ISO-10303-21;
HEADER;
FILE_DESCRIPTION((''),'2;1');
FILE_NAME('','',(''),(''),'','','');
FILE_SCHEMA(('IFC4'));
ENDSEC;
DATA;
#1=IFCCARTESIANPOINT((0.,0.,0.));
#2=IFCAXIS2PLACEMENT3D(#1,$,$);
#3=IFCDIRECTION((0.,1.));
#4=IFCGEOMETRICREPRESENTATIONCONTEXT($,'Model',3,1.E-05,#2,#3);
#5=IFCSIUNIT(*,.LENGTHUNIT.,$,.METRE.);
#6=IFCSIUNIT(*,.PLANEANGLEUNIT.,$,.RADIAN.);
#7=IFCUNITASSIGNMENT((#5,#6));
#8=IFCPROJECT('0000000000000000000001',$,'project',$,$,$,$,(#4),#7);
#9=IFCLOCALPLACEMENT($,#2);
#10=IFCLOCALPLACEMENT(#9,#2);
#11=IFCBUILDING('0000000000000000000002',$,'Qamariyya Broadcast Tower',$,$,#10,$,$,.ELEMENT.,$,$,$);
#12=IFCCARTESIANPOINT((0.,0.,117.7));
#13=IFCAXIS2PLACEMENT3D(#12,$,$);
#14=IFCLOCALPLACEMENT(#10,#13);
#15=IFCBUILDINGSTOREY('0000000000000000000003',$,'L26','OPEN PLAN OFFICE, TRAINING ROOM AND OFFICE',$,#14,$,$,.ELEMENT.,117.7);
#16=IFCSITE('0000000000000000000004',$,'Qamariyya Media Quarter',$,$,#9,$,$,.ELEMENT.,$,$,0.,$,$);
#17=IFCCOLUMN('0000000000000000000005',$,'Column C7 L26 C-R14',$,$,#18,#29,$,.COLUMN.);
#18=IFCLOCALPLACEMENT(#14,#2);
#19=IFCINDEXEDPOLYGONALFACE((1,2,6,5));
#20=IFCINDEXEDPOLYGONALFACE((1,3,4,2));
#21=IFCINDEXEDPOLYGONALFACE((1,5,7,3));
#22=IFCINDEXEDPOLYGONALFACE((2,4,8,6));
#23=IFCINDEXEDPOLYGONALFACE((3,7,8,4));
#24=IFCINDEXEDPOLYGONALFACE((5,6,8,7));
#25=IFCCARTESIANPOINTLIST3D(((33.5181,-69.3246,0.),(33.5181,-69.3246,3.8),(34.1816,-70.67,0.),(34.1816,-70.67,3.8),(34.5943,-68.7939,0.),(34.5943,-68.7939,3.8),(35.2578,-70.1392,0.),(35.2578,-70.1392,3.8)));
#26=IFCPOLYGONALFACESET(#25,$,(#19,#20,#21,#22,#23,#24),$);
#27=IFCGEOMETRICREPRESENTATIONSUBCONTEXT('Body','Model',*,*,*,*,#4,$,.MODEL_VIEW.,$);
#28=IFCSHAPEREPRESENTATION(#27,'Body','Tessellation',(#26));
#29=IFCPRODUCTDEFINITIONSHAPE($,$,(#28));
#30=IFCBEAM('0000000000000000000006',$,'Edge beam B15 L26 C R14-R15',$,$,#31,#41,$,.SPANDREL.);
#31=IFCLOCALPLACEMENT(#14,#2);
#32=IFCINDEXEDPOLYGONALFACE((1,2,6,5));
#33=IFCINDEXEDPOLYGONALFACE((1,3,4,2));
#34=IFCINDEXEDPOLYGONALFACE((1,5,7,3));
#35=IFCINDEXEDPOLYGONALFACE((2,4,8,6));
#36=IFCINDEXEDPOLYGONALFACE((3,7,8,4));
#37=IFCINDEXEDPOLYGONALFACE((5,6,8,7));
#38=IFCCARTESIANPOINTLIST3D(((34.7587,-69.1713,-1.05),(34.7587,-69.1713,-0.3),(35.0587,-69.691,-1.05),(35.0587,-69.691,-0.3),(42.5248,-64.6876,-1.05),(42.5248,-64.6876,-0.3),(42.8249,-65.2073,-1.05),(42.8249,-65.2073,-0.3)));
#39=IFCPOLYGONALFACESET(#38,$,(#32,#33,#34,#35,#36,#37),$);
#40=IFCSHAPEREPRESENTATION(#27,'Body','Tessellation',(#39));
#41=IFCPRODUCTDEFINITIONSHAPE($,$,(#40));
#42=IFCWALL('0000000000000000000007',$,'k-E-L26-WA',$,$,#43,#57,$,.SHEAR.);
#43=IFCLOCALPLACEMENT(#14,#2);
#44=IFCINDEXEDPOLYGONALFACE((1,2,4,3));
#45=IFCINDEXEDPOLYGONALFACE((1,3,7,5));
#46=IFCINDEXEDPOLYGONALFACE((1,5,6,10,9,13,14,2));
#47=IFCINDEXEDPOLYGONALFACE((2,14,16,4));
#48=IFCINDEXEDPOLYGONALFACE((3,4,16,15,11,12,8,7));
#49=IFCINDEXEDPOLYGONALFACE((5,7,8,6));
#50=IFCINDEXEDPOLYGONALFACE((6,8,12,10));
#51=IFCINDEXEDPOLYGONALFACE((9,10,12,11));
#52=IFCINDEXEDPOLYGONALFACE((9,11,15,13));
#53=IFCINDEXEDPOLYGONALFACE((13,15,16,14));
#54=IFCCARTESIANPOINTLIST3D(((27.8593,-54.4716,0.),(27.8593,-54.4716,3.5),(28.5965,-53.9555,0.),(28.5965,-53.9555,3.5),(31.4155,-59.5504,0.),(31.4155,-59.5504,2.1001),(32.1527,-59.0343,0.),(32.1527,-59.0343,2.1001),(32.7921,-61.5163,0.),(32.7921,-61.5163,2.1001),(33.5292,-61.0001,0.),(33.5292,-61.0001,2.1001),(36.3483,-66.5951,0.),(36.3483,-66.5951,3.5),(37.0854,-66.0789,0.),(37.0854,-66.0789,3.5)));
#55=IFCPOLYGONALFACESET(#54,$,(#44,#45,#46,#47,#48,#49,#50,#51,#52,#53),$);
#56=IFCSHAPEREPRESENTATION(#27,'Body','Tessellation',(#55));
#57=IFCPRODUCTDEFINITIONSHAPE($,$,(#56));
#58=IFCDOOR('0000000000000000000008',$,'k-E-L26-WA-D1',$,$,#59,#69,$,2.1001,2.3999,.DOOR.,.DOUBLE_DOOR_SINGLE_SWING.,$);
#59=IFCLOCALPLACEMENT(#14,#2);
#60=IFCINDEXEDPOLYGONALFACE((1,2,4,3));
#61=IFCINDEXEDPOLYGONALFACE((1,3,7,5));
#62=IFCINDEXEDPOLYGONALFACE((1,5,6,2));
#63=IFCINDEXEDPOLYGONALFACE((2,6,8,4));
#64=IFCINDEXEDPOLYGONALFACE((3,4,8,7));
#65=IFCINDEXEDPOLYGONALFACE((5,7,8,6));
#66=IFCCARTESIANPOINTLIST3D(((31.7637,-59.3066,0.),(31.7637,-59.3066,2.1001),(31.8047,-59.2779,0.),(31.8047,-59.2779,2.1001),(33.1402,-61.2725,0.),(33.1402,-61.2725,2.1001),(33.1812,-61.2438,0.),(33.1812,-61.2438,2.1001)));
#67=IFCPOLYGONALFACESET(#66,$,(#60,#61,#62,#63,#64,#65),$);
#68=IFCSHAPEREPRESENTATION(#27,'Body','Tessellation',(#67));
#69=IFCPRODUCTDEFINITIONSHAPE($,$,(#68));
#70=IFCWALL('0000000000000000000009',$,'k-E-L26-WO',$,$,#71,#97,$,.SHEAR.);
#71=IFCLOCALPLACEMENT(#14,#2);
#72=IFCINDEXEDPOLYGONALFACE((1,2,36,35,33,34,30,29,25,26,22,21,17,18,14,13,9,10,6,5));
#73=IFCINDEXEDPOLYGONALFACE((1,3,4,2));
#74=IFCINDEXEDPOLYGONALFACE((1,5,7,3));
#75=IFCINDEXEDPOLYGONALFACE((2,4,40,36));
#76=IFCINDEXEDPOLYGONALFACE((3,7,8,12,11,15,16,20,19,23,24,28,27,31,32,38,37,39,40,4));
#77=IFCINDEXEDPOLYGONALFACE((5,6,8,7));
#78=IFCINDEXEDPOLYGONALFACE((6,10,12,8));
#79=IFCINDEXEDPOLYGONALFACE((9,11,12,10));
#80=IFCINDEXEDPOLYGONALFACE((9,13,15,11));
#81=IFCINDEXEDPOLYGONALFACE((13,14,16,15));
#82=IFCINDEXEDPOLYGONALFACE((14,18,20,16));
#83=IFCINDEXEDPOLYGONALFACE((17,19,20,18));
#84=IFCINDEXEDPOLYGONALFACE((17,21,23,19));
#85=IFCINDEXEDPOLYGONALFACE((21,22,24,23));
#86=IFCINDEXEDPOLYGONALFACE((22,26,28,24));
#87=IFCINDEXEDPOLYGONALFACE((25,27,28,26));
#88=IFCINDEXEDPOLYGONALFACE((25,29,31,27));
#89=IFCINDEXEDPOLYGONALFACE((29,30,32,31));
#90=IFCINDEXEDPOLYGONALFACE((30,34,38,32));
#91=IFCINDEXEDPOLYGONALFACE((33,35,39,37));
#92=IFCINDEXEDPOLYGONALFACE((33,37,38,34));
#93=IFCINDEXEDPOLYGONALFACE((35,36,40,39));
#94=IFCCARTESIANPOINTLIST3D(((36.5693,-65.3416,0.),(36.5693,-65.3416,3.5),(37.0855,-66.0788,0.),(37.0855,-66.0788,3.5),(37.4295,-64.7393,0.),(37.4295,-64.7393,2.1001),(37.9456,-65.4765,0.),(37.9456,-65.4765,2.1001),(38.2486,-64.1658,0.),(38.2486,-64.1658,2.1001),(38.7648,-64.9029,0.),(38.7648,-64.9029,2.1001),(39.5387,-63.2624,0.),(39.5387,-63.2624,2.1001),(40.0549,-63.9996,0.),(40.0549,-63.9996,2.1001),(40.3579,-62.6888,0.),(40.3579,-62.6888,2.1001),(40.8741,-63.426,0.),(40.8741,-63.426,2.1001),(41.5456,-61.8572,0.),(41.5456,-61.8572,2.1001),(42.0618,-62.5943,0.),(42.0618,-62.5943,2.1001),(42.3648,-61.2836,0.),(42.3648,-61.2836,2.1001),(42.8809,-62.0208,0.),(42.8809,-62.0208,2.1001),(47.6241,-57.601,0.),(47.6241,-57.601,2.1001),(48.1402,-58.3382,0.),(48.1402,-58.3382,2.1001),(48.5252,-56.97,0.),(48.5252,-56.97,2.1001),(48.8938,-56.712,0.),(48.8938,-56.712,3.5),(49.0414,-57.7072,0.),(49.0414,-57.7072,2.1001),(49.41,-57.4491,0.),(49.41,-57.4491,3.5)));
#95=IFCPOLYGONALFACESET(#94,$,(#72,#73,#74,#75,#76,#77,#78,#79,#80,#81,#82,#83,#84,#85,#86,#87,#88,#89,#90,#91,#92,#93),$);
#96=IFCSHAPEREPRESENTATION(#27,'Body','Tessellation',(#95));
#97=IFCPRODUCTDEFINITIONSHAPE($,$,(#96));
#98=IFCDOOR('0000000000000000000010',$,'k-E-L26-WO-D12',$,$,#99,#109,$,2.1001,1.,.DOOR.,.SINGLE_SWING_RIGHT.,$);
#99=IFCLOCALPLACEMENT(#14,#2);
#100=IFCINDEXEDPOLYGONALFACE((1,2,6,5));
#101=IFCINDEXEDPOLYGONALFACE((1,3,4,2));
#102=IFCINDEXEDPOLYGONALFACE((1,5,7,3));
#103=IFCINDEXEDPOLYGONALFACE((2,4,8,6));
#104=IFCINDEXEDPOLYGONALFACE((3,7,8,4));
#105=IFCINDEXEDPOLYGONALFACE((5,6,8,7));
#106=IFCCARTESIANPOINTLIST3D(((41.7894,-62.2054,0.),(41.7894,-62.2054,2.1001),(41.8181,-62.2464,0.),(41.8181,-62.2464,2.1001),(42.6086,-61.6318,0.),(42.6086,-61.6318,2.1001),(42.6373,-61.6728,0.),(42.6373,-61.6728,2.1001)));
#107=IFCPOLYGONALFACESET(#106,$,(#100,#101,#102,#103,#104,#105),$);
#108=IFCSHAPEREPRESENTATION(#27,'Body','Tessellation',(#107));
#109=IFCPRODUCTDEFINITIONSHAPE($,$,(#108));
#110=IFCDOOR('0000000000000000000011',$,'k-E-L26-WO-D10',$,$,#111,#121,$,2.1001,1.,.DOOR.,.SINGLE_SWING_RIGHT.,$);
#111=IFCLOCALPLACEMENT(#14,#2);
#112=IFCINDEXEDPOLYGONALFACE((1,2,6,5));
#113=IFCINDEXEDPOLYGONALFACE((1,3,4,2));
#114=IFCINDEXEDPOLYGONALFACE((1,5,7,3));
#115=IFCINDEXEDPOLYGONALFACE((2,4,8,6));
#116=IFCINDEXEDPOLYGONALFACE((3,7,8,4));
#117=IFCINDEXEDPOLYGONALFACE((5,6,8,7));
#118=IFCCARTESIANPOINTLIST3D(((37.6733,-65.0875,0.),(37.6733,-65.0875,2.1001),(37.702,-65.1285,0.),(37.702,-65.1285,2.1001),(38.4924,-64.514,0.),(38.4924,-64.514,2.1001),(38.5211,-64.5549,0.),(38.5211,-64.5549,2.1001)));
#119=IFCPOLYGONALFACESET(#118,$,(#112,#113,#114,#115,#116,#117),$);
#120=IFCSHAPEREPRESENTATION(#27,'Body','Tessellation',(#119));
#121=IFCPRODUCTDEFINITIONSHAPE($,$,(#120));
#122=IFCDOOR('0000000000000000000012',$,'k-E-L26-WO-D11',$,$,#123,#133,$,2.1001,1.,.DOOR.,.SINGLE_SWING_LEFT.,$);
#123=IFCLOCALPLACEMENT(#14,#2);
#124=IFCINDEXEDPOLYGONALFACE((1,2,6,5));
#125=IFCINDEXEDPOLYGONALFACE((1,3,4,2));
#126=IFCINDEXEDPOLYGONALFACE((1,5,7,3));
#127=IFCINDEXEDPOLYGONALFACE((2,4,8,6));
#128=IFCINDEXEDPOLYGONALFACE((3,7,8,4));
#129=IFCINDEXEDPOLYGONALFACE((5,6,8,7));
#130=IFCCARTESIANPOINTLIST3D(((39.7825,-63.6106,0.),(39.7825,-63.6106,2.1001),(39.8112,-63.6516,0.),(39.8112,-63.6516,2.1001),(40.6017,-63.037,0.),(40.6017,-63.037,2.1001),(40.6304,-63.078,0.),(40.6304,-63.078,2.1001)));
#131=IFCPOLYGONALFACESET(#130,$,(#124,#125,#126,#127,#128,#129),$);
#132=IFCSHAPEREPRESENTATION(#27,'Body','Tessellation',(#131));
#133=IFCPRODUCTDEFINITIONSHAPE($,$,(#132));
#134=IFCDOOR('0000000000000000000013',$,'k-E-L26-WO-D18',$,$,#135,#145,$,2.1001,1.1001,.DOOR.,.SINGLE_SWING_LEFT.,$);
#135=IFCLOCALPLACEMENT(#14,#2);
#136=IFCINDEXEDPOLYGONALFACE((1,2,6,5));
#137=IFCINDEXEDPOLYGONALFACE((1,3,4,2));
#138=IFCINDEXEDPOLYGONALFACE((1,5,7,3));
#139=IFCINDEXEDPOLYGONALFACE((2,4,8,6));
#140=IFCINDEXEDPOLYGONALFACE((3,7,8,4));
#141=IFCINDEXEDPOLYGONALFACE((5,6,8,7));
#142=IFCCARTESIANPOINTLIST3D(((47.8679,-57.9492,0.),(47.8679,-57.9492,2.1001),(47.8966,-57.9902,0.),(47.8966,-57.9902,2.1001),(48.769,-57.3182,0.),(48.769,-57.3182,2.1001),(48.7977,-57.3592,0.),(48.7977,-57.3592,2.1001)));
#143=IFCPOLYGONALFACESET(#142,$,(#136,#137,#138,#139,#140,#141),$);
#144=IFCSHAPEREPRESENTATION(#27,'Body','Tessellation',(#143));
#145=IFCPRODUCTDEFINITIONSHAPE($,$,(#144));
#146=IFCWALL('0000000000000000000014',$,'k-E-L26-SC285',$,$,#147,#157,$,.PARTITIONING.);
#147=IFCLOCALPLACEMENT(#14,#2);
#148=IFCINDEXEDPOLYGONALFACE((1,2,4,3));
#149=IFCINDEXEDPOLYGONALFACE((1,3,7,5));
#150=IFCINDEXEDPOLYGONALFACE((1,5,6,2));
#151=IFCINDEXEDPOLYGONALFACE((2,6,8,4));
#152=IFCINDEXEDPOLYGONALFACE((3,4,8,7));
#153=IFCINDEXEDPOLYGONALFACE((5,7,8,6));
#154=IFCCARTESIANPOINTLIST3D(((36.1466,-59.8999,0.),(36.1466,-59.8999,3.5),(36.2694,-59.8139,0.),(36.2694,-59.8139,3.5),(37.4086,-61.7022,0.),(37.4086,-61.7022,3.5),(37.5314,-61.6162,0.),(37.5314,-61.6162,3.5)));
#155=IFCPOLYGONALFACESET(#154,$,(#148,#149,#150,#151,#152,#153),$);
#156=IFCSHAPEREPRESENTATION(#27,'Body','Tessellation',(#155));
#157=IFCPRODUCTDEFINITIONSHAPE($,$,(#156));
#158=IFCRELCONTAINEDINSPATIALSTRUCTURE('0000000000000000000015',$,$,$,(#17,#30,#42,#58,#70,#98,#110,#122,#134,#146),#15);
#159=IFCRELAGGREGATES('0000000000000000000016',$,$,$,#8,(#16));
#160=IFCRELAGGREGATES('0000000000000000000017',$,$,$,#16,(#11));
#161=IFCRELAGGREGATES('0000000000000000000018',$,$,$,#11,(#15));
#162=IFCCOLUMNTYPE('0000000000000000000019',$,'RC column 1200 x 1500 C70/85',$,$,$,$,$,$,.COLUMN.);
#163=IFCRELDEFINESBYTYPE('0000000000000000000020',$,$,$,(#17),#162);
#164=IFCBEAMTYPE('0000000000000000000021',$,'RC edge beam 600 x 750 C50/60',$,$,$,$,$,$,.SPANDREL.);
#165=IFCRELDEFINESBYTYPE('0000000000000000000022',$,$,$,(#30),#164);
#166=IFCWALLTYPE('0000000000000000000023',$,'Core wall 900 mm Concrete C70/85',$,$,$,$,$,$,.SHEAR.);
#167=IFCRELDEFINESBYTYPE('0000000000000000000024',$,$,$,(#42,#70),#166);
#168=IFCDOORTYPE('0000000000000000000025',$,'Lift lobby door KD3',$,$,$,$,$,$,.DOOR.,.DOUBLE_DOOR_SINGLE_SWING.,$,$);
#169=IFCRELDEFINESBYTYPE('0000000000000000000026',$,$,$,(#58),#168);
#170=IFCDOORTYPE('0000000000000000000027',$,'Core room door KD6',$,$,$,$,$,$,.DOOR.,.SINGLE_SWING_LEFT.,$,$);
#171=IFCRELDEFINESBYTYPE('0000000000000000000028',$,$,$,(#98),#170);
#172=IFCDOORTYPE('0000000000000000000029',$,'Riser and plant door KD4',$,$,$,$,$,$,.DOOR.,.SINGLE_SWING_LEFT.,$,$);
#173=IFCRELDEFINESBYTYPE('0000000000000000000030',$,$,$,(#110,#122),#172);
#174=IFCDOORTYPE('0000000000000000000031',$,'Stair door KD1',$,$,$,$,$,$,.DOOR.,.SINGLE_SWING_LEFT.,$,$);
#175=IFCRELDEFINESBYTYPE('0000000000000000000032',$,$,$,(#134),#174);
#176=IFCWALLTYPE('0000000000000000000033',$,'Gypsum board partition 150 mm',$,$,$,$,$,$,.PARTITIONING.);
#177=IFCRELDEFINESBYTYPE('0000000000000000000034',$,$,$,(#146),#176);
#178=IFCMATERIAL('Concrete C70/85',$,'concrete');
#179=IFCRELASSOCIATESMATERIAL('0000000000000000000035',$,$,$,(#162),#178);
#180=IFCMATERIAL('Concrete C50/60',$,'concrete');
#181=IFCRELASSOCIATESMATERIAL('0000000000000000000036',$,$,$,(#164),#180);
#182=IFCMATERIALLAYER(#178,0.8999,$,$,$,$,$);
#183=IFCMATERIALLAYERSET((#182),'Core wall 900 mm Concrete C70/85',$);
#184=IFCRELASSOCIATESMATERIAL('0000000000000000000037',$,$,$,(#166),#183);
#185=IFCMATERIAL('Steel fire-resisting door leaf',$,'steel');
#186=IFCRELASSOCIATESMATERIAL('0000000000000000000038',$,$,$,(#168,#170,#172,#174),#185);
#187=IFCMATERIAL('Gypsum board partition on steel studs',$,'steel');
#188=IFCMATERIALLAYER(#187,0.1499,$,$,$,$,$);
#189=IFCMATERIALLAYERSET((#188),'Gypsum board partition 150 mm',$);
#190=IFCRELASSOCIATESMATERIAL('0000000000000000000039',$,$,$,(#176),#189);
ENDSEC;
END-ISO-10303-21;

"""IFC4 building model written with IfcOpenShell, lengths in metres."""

from ifc_helpers import new_model, si_unit, direction, frame, frame_2d, origin, origin_2d, place, context, subcontext, project, spatial, rectangle, extrude, material, layer, layer_set, material_profile, profile_set, type_object, element, fill, save


model = new_model("IFC4")

# Units and contexts
model_context = context("Model", 3, precision=1e-05, world=origin(), true_north=direction((0.0, 1.0)))
body_context = subcontext(model_context, "Body", "Model", "MODEL_VIEW")
ifc_project = project(units=[si_unit("LENGTHUNIT", "METRE"), si_unit("PLANEANGLEUNIT", "RADIAN")], contexts=[model_context])

# Site, building, storey
site_placement = place(None, origin())
site = spatial("IfcSite", under=ifc_project, at=site_placement, Name="Qamariyya Media Quarter", CompositionType="ELEMENT", RefElevation=0.0)
building_placement = place(site_placement, origin())
building = spatial("IfcBuilding", under=site, at=building_placement, Name="Qamariyya Broadcast Tower", CompositionType="ELEMENT")
storey_placement = place(building_placement, frame((0.0, 0.0, 117.7)))
storey = spatial("IfcBuildingStorey", under=building, at=storey_placement, Name="L26", Description="OPEN PLAN OFFICE, TRAINING ROOM AND OFFICE", CompositionType="ELEMENT", Elevation=117.7)

# Column
ifc_material_1 = material(Name="Concrete C70/85", Category="concrete")
ifc_material_profile_1 = material_profile(ifc_material_1, rectangle(XDim=1.2, YDim=1.5, at=origin_2d()))
ifc_profile_set_1 = profile_set([ifc_material_profile_1], Name="Concrete C70/85")
column_type = type_object("IfcColumnType", Name="RC column 1200 x 1500 C70/85", PredefinedType="COLUMN", material=ifc_profile_set_1)
column_placement = place(storey_placement, frame((34.3879, -69.7319, 0.0), z_axis=(0.0, 0.0, 1.0), x_axis=(0.896873, 0.442289, 0.0)))
element("IfcColumn", 1, at=column_placement, inside=storey, type_object=column_type, Name="Column C7 L26 C-R14", PredefinedType="COLUMN", context=body_context, shape_type="SweptSolid", body=[
    extrude(rectangle(XDim=1.2, YDim=1.5, at=origin_2d()), origin(), (0.0, 0.0, 1.0), 3.8),
])

# Beam
ifc_material_2 = material(Name="Concrete C50/60", Category="concrete")
ifc_material_profile_2 = material_profile(ifc_material_2, rectangle(XDim=0.6001, YDim=0.75, at=origin_2d()))
ifc_profile_set_2 = profile_set([ifc_material_profile_2], Name="Concrete C50/60")
beam_type = type_object("IfcBeamType", Name="RC edge beam 600 x 750 C50/60", PredefinedType="SPANDREL", material=ifc_profile_set_2)
beam_placement = place(storey_placement, frame((34.9087, -69.4312, -0.675), z_axis=(0.866031, 0.49999, 0.0), x_axis=(-0.49999, 0.866031, 0.0)))
element("IfcBeam", 2, at=beam_placement, inside=storey, type_object=beam_type, Name="Edge beam B15 L26 C R14-R15", PredefinedType="SPANDREL", context=body_context, shape_type="SweptSolid", body=[
    extrude(rectangle(XDim=0.6001, YDim=0.75, at=origin_2d()), origin(), (0.0, 0.0, 1.0), 8.9675),
])

# Wall, opening, door
ifc_layer_1 = layer(ifc_material_1, 0.8999)
ifc_layer_set_1 = layer_set([ifc_layer_1], Name="Core wall 900 mm Concrete C70/85")
wall_type_1 = type_object("IfcWallType", Name="Core wall 900 mm Concrete C70/85", PredefinedType="SHEAR", material=ifc_layer_set_1)
wall_1_placement = place(storey_placement, frame((36.7168, -66.3369, 0.0), z_axis=(0.0, 0.0, 1.0), x_axis=(-0.573577, 0.819151, 0.0)))
wall_1 = element("IfcWall", 3, at=wall_1_placement, inside=storey, type_object=wall_type_1, Name="k-E-L26-WA", PredefinedType="SHEAR", context=body_context, shape_type="SweptSolid", body=[
    extrude(rectangle(XDim=14.8, YDim=0.8999, at=frame_2d((7.3999, 0.0))), origin(), (0.0, 0.0, 1.0), 3.5),
])
opening_1_placement = place(wall_1_placement, frame((6.2, 0.0, 0.0)))
opening_1 = element("IfcOpeningElement", 4, at=opening_1_placement, cuts=wall_1, PredefinedType="OPENING", context=body_context, shape_type="SweptSolid", body=[
    extrude(rectangle(XDim=2.3999, YDim=2.1001, at=frame_2d((1.2, 1.05))), frame((0.0, 0.46, 0.0), z_axis=(0.0, -1.0, 0.0), x_axis=(1.0, 0.0, 0.0)), (0.0, 0.0, 1.0), 0.9199),
])
ifc_material_3 = material(Name="Steel fire-resisting door leaf", Category="steel")
door_type_1 = type_object("IfcDoorType", Name="Lift lobby door KD3", OperationType="DOUBLE_DOOR_SINGLE_SWING", PredefinedType="DOOR", material=ifc_material_3)
door_1_placement = place(opening_1_placement, origin())
door_1 = element("IfcDoor", 5, at=door_1_placement, inside=storey, type_object=door_type_1, Name="k-E-L26-WA-D1", OperationType="DOUBLE_DOOR_SINGLE_SWING", OverallHeight=2.1001, OverallWidth=2.3999, PredefinedType="DOOR", context=body_context, shape_type="SweptSolid", body=[
    extrude(rectangle(XDim=2.3999, YDim=2.1001, at=frame_2d((1.2, 1.05))), frame((0.0, 0.0249, 0.0), z_axis=(0.0, -1.0, 0.0), x_axis=(1.0, 0.0, 0.0)), (0.0, 0.0, 1.0), 0.05),
])
fill(opening_1, door_1)

# Wall, openings, doors
wall_2_placement = place(storey_placement, frame((36.8274, -65.7102, 0.0), z_axis=(0.0, 0.0, 1.0), x_axis=(0.819153, 0.573575, 0.0)))
wall_2 = element("IfcWall", 6, at=wall_2_placement, inside=storey, type_object=wall_type_1, Name="k-E-L26-WO", PredefinedType="SHEAR", context=body_context, shape_type="SweptSolid", body=[
    extrude(rectangle(XDim=15.0454, YDim=0.8999, at=frame_2d((7.5227, 0.0))), origin(), (0.0, 0.0, 1.0), 3.5),
])
opening_2_placement = place(wall_2_placement, frame((1.05, 0.0, 0.0)))
opening_2 = element("IfcOpeningElement", 7, at=opening_2_placement, cuts=wall_2, PredefinedType="OPENING", context=body_context, shape_type="SweptSolid", body=[
    extrude(rectangle(XDim=1.0, YDim=2.1001, at=frame_2d((0.5, 1.05))), frame((0.0, 0.46, 0.0), z_axis=(0.0, -1.0, 0.0), x_axis=(1.0, 0.0, 0.0)), (0.0, 0.0, 1.0), 0.9199),
])
opening_3_placement = place(wall_2_placement, frame((3.625, 0.0, 0.0)))
opening_3 = element("IfcOpeningElement", 8, at=opening_3_placement, cuts=wall_2, PredefinedType="OPENING", context=body_context, shape_type="SweptSolid", body=[
    extrude(rectangle(XDim=1.0, YDim=2.1001, at=frame_2d((0.5, 1.05))), frame((0.0, 0.46, 0.0), z_axis=(0.0, -1.0, 0.0), x_axis=(1.0, 0.0, 0.0)), (0.0, 0.0, 1.0), 0.9199),
])
opening_4_placement = place(wall_2_placement, frame((6.075, 0.0, 0.0)))
opening_4 = element("IfcOpeningElement", 9, at=opening_4_placement, cuts=wall_2, PredefinedType="OPENING", context=body_context, shape_type="SweptSolid", body=[
    extrude(rectangle(XDim=1.0, YDim=2.1001, at=frame_2d((0.5, 1.05))), frame((0.0, 0.46, 0.0), z_axis=(0.0, -1.0, 0.0), x_axis=(1.0, 0.0, 0.0)), (0.0, 0.0, 1.0), 0.9199),
])
opening_5_placement = place(wall_2_placement, frame((13.4954, 0.0, 0.0)))
opening_5 = element("IfcOpeningElement", 10, at=opening_5_placement, cuts=wall_2, PredefinedType="OPENING", context=body_context, shape_type="SweptSolid", body=[
    extrude(rectangle(XDim=1.1001, YDim=2.1001, at=frame_2d((0.55, 1.05))), frame((0.0, 0.46, 0.0), z_axis=(0.0, -1.0, 0.0), x_axis=(1.0, 0.0, 0.0)), (0.0, 0.0, 1.0), 0.9199),
])
door_type_2 = type_object("IfcDoorType", Name="Core room door KD6", OperationType="SINGLE_SWING_LEFT", PredefinedType="DOOR", material=ifc_material_3)
door_2_placement = place(opening_4_placement, origin())
door_2 = element("IfcDoor", 11, at=door_2_placement, inside=storey, type_object=door_type_2, Name="k-E-L26-WO-D12", OperationType="SINGLE_SWING_RIGHT", OverallHeight=2.1001, OverallWidth=1.0, PredefinedType="DOOR", context=body_context, shape_type="SweptSolid", body=[
    extrude(rectangle(XDim=1.0, YDim=2.1001, at=frame_2d((0.5, 1.05))), frame((0.0, 0.0249, 0.0), z_axis=(0.0, -1.0, 0.0), x_axis=(1.0, 0.0, 0.0)), (0.0, 0.0, 1.0), 0.05),
])
fill(opening_4, door_2)
door_type_3 = type_object("IfcDoorType", Name="Riser and plant door KD4", OperationType="SINGLE_SWING_LEFT", PredefinedType="DOOR", material=ifc_material_3)
door_3_placement = place(opening_2_placement, origin())
door_3 = element("IfcDoor", 12, at=door_3_placement, inside=storey, type_object=door_type_3, Name="k-E-L26-WO-D10", OperationType="SINGLE_SWING_RIGHT", OverallHeight=2.1001, OverallWidth=1.0, PredefinedType="DOOR", context=body_context, shape_type="SweptSolid", body=[
    extrude(rectangle(XDim=1.0, YDim=2.1001, at=frame_2d((0.5, 1.05))), frame((0.0, 0.0249, 0.0), z_axis=(0.0, -1.0, 0.0), x_axis=(1.0, 0.0, 0.0)), (0.0, 0.0, 1.0), 0.05),
])
fill(opening_2, door_3)
door_4_placement = place(opening_3_placement, origin())
door_4 = element("IfcDoor", 13, at=door_4_placement, inside=storey, type_object=door_type_3, Name="k-E-L26-WO-D11", OperationType="SINGLE_SWING_LEFT", OverallHeight=2.1001, OverallWidth=1.0, PredefinedType="DOOR", context=body_context, shape_type="SweptSolid", body=[
    extrude(rectangle(XDim=1.0, YDim=2.1001, at=frame_2d((0.5, 1.05))), frame((0.0, 0.0249, 0.0), z_axis=(0.0, -1.0, 0.0), x_axis=(1.0, 0.0, 0.0)), (0.0, 0.0, 1.0), 0.05),
])
fill(opening_3, door_4)
door_type_4 = type_object("IfcDoorType", Name="Stair door KD1", OperationType="SINGLE_SWING_LEFT", PredefinedType="DOOR", material=ifc_material_3)
door_5_placement = place(opening_5_placement, origin())
door_5 = element("IfcDoor", 14, at=door_5_placement, inside=storey, type_object=door_type_4, Name="k-E-L26-WO-D18", OperationType="SINGLE_SWING_LEFT", OverallHeight=2.1001, OverallWidth=1.1001, PredefinedType="DOOR", context=body_context, shape_type="SweptSolid", body=[
    extrude(rectangle(XDim=1.1001, YDim=2.1001, at=frame_2d((0.55, 1.05))), frame((0.0, 0.0249, 0.0), z_axis=(0.0, -1.0, 0.0), x_axis=(1.0, 0.0, 0.0)), (0.0, 0.0, 1.0), 0.05),
])
fill(opening_5, door_5)

# Wall
ifc_material_4 = material(Name="Gypsum board partition on steel studs", Category="steel")
ifc_layer_2 = layer(ifc_material_4, 0.1499)
ifc_layer_set_2 = layer_set([ifc_layer_2], Name="Gypsum board partition 150 mm")
wall_type_2 = type_object("IfcWallType", Name="Gypsum board partition 150 mm", PredefinedType="PARTITIONING", material=ifc_layer_set_2)
wall_3_placement = place(storey_placement, frame((36.208, -59.8569, 0.0), z_axis=(0.0, 0.0, 1.0), x_axis=(0.573581, -0.819149, 0.0)))
element("IfcWall", 15, at=wall_3_placement, inside=storey, type_object=wall_type_2, Name="k-E-L26-SC285", PredefinedType="PARTITIONING", context=body_context, shape_type="SweptSolid", body=[
    extrude(rectangle(XDim=2.2002, YDim=0.1499, at=frame_2d((1.1001, 0.0))), origin(), (0.0, 0.0, 1.0), 3.5),
])

save(model, "model.ifc")
